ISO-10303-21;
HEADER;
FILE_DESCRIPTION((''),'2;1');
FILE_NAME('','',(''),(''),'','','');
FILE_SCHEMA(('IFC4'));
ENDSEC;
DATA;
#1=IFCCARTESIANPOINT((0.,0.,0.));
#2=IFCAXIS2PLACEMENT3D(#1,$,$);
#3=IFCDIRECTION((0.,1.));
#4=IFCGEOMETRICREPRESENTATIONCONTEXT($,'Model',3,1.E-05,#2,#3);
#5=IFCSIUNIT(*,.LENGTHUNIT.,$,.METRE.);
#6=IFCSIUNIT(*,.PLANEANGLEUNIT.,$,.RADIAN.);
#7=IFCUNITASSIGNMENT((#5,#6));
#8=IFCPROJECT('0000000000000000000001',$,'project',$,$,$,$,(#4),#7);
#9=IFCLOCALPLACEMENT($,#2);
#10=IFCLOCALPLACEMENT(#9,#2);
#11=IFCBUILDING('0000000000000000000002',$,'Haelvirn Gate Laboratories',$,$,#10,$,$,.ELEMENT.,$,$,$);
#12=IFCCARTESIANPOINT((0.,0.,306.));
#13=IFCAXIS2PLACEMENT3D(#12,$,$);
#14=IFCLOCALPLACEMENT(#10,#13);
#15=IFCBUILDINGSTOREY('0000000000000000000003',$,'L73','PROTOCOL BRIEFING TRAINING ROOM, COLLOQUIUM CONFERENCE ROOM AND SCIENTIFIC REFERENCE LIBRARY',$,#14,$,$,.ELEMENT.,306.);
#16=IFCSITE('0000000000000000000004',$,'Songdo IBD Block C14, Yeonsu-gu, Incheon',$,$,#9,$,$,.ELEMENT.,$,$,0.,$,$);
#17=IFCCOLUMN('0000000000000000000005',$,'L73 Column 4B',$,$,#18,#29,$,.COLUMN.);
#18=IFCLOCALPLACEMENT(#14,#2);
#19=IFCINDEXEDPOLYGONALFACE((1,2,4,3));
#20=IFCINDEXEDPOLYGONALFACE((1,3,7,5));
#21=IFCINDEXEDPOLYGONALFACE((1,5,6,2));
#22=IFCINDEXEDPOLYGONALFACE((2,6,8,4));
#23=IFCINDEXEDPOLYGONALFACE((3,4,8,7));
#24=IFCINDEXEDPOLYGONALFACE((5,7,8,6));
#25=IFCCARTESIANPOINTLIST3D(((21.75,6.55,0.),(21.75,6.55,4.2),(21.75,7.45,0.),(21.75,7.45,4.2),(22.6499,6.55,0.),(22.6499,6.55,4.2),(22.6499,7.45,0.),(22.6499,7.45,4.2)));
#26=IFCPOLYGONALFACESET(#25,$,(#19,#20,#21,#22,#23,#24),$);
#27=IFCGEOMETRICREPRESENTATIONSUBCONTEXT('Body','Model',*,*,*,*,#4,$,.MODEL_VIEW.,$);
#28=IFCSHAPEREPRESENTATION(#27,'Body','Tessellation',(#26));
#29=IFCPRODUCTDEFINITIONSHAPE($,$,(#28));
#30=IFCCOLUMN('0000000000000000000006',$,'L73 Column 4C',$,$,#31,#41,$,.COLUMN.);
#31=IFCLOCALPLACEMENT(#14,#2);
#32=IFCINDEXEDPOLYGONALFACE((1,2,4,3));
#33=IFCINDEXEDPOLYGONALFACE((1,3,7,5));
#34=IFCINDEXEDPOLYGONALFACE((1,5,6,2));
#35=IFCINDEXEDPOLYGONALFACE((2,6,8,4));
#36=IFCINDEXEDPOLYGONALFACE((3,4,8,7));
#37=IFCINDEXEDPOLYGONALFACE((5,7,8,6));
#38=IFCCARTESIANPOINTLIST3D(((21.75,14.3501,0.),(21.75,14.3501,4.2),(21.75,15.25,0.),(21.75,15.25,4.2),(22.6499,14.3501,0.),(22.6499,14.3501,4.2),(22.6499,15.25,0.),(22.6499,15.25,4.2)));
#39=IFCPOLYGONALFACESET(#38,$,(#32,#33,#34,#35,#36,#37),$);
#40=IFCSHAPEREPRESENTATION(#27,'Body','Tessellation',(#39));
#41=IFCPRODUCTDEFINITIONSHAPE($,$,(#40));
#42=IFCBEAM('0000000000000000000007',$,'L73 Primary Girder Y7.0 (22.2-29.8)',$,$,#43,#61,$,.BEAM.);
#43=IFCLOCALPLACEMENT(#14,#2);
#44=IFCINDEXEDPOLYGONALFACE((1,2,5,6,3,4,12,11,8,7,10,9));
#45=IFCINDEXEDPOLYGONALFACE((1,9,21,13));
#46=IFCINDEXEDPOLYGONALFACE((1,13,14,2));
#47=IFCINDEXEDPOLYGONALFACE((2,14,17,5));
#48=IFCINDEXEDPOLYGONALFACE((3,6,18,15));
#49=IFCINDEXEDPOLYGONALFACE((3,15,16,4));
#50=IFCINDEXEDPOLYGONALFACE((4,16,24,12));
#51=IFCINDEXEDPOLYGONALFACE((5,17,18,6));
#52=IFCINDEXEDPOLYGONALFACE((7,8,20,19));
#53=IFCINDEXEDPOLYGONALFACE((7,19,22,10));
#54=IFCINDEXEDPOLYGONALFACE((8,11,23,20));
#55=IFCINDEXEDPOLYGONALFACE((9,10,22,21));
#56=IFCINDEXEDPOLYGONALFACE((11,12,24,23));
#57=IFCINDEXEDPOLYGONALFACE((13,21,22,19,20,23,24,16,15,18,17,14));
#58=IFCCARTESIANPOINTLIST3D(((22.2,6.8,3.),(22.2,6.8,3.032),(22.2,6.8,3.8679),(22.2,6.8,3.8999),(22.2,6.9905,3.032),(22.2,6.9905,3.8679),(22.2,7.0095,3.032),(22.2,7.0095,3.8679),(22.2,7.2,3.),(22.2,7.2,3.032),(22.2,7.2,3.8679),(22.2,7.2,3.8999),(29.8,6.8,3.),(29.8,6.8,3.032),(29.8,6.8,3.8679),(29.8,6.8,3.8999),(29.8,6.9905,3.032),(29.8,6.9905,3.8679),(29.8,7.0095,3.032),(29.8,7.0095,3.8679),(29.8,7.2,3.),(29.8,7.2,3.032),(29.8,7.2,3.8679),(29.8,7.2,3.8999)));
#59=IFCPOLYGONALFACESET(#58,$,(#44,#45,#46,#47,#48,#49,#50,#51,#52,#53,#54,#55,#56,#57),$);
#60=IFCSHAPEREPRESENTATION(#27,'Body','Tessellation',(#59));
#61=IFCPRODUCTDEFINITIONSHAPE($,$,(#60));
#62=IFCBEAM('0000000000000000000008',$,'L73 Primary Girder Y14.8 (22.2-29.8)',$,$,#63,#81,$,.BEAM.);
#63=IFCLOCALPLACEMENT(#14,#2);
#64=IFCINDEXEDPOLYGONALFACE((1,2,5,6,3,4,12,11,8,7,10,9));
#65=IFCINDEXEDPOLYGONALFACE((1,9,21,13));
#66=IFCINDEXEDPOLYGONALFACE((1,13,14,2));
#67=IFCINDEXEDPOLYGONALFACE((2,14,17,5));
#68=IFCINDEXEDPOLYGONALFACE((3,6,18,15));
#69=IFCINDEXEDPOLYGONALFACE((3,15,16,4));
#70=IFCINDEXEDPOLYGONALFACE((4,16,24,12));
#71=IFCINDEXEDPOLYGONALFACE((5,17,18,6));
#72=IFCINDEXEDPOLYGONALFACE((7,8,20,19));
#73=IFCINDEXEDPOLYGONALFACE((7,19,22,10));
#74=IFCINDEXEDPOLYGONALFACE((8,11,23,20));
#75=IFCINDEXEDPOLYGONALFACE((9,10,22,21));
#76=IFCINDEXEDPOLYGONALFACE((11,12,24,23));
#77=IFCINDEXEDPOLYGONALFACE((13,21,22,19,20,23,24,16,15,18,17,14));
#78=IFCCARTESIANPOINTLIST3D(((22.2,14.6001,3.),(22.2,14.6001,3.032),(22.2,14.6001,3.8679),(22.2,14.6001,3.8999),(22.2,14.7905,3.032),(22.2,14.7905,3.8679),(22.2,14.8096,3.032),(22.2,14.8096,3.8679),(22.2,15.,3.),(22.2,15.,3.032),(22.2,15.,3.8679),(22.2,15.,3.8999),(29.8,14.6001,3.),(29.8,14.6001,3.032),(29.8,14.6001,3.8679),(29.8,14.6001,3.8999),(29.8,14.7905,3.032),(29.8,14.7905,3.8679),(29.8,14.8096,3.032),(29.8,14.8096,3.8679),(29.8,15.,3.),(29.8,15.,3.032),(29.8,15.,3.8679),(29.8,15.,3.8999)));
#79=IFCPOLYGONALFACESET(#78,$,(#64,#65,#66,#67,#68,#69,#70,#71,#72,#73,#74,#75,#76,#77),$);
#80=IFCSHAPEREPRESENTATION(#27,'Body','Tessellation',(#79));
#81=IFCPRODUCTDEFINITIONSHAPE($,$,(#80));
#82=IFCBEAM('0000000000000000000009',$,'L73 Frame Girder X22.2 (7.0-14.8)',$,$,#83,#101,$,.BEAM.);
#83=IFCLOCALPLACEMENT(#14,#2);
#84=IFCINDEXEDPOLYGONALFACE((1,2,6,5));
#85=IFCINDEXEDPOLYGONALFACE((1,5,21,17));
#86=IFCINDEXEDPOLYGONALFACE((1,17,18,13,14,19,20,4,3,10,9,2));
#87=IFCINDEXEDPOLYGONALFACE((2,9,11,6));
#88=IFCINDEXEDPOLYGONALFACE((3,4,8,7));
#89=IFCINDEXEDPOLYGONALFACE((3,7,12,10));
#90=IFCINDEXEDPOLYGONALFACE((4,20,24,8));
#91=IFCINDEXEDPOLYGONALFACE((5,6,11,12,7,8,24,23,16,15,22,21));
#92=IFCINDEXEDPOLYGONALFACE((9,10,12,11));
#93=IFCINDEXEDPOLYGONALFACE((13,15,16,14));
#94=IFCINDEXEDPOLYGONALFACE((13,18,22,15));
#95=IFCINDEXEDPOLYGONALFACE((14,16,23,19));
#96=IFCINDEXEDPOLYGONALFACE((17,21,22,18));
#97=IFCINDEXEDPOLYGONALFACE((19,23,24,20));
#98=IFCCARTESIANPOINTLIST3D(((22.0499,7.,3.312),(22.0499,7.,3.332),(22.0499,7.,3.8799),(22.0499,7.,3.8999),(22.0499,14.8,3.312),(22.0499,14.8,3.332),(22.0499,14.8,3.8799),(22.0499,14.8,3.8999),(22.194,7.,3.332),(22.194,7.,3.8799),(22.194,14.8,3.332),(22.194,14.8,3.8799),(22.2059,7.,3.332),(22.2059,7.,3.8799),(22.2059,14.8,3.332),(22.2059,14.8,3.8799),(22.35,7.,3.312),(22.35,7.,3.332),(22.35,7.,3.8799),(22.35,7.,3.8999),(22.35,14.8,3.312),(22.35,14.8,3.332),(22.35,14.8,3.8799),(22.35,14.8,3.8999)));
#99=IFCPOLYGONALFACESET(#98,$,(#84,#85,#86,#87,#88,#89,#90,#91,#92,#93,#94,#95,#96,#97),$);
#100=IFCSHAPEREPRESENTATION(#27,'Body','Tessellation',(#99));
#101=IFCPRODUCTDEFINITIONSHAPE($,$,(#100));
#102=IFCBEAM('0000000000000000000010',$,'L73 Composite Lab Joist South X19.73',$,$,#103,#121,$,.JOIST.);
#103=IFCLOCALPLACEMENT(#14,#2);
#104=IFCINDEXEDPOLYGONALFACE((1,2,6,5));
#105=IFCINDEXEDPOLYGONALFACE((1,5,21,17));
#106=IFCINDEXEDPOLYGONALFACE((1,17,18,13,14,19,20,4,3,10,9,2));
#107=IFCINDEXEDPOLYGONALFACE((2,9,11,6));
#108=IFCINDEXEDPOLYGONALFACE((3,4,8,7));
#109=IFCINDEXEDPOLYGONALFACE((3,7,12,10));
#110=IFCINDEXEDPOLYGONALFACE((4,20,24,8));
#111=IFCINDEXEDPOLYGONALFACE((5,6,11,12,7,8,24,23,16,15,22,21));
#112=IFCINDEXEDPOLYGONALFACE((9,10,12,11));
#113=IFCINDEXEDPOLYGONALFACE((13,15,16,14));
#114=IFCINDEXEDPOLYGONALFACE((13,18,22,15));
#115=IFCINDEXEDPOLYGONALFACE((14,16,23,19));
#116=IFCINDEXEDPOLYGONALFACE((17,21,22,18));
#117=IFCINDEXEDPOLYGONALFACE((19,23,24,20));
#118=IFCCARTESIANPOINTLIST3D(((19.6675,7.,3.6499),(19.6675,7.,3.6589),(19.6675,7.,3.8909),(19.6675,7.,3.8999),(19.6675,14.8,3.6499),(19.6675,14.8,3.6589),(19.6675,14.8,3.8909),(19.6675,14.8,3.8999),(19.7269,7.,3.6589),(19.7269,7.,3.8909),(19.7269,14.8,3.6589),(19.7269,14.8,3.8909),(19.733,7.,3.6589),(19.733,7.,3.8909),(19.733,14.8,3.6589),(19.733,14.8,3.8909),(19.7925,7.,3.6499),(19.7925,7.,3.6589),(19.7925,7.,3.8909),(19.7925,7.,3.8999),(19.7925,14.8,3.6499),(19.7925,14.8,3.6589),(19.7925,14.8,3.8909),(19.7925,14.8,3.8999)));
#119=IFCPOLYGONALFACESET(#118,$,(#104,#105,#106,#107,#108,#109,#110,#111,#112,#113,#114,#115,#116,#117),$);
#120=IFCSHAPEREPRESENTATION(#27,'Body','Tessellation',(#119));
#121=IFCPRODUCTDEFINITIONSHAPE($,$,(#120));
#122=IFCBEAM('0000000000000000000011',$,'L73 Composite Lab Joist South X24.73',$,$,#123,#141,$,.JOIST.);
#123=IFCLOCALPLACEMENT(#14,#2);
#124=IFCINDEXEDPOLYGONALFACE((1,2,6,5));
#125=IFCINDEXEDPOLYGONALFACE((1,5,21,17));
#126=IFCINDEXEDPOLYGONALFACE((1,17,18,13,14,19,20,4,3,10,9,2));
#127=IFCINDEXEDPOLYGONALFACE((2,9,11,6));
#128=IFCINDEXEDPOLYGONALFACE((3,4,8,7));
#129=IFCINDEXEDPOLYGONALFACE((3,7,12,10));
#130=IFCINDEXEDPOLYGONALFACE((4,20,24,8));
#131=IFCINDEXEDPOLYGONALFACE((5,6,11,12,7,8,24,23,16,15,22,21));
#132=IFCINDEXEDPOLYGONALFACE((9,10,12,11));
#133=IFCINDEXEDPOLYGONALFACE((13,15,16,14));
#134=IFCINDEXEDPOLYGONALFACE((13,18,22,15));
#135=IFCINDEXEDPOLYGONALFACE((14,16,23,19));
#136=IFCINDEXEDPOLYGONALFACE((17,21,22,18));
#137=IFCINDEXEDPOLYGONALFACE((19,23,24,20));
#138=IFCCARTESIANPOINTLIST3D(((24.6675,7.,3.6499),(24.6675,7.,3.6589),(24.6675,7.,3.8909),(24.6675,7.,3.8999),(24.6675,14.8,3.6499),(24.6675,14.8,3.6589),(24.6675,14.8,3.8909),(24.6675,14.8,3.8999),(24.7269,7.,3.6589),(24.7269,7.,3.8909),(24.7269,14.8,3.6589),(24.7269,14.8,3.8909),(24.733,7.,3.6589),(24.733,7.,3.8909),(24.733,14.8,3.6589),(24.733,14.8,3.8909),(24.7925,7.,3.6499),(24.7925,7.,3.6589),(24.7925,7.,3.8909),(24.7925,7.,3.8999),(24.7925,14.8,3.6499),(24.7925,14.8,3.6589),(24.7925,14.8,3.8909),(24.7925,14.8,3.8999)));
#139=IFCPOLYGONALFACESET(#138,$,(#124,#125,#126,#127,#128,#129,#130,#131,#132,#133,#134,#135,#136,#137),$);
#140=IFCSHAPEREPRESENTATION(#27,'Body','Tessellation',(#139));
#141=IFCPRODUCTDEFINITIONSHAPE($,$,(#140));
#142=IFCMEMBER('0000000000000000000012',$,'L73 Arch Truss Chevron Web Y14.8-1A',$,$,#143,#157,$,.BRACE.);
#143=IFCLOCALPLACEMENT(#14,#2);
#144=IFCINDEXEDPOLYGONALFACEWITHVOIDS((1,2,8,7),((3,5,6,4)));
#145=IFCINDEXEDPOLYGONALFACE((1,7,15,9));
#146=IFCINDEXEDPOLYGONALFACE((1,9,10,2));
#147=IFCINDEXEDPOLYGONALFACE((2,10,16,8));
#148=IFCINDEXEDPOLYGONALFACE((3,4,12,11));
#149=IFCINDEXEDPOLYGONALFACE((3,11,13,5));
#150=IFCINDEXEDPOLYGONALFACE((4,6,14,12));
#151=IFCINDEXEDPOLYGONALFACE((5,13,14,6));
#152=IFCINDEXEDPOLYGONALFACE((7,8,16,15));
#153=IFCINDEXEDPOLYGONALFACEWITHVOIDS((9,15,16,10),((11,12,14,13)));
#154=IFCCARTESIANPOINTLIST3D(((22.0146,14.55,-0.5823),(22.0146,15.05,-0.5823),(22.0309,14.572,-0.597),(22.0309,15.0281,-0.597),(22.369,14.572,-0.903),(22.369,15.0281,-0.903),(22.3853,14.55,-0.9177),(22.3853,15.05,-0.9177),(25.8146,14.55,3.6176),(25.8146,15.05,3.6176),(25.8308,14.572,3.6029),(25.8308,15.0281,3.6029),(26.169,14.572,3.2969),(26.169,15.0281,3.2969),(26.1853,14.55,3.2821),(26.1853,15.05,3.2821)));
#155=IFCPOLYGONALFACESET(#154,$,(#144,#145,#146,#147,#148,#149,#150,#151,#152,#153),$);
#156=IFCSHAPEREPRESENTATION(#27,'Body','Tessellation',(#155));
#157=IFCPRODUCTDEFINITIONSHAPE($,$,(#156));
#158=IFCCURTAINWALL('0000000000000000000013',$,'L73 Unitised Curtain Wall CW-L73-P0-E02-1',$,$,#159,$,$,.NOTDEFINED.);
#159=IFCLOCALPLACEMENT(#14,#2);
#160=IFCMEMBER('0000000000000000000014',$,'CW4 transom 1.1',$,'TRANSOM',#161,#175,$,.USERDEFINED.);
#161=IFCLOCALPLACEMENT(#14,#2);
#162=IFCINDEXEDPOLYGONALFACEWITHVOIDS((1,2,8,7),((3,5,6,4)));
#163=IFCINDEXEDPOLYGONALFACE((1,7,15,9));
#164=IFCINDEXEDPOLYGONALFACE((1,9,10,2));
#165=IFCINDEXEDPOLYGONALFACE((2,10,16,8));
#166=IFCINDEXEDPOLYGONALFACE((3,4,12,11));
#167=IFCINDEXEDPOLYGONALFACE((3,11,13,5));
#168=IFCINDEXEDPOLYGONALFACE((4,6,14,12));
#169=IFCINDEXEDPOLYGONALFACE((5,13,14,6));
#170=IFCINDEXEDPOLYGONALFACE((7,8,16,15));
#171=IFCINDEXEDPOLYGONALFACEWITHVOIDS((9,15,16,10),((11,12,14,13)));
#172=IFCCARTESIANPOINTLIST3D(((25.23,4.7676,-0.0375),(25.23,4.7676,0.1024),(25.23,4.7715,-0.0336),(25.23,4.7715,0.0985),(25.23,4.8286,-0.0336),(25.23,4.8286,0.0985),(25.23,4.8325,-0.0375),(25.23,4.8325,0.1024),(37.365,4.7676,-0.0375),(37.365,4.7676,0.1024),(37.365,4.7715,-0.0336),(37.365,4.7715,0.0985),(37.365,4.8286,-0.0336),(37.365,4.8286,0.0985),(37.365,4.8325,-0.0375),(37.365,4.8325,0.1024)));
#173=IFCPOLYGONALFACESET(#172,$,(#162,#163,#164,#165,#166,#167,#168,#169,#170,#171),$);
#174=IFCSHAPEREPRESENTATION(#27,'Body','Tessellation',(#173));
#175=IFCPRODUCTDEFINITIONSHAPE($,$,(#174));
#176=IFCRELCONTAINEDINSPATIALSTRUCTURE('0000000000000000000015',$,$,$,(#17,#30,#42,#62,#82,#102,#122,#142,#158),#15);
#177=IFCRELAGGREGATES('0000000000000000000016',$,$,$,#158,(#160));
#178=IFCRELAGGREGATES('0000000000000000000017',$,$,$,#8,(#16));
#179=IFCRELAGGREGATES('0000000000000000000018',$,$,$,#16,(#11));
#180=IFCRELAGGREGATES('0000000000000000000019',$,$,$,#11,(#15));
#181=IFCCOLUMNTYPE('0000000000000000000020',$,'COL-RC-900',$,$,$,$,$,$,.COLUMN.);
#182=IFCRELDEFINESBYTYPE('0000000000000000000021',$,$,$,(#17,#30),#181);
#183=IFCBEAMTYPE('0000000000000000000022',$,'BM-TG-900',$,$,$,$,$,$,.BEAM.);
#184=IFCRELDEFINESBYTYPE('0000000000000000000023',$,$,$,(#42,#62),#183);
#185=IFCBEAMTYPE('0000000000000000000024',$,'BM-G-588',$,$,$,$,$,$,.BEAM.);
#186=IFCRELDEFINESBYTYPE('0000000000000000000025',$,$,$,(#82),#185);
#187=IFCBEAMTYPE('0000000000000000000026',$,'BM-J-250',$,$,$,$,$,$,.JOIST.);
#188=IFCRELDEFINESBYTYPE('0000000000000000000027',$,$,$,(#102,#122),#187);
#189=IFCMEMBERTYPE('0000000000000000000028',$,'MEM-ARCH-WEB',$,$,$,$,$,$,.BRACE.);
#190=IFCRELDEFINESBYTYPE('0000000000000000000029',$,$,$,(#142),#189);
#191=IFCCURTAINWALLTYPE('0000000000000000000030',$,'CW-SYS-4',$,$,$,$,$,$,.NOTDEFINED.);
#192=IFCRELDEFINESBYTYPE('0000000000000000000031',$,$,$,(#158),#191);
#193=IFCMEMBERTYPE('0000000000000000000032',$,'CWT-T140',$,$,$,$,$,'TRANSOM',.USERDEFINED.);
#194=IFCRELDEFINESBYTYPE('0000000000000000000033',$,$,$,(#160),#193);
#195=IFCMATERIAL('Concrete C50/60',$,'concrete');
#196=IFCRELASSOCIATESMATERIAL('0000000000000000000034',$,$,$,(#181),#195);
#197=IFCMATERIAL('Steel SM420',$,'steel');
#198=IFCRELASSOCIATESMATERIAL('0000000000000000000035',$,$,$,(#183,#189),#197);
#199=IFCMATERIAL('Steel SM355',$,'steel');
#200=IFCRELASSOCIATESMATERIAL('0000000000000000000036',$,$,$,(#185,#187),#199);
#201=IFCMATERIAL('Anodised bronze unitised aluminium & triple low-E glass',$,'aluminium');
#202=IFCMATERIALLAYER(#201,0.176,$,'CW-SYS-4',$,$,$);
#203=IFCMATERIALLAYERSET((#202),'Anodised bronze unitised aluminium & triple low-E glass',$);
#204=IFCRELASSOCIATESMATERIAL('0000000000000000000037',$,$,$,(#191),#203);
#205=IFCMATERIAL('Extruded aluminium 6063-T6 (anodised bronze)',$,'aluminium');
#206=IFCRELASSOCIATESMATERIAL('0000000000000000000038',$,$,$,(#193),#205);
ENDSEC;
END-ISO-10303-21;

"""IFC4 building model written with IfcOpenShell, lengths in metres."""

from ifc_helpers import new_model, si_unit, direction, frame, origin, origin_2d, place, context, subcontext, project, spatial, rectangle, hollow_rectangle, i_section, extrude, source, transform, mapped, material, layer, layer_set, material_profile, profile_set, type_object, type_shapes, element, aggregate, save


model = new_model("IFC4")

# Units and contexts
model_context = context("Model", 3, precision=1e-05, world=origin(), true_north=direction((0.0, 1.0)))
body_context = subcontext(model_context, "Body", "Model", "MODEL_VIEW")
ifc_project = project(units=[si_unit("LENGTHUNIT", "METRE"), si_unit("PLANEANGLEUNIT", "RADIAN")], contexts=[model_context])

# Site, building, storey
site_placement = place(None, origin())
site = spatial("IfcSite", under=ifc_project, at=site_placement, Name="Songdo IBD Block C14, Yeonsu-gu, Incheon", CompositionType="ELEMENT", RefElevation=0.0)
building_placement = place(site_placement, origin())
building = spatial("IfcBuilding", under=site, at=building_placement, Name="Haelvirn Gate Laboratories", CompositionType="ELEMENT")
storey_placement = place(building_placement, frame((0.0, 0.0, 306.0)))
storey = spatial("IfcBuildingStorey", under=building, at=storey_placement, Name="L73", Description="PROTOCOL BRIEFING TRAINING ROOM, COLLOQUIUM CONFERENCE ROOM AND SCIENTIFIC REFERENCE LIBRARY", CompositionType="ELEMENT", Elevation=306.0)

# Columns
ifc_material_1 = material(Name="Concrete C50/60", Category="concrete")
ifc_material_profile_1 = material_profile(ifc_material_1, rectangle(XDim=0.8999, YDim=0.8999, at=origin_2d()), Name="RC-900x900")
ifc_profile_set_1 = profile_set([ifc_material_profile_1], Name="Concrete C50/60")
column_type = type_object("IfcColumnType", Name="COL-RC-900", PredefinedType="COLUMN", material=ifc_profile_set_1)
shared_shape_1 = source(origin(), body_context, "Body", "SweptSolid", [
    extrude(rectangle(XDim=0.8999, YDim=0.8999, at=origin_2d()), origin(), (0.0, 0.0, 1.0), 4.2),
])
type_shapes(column_type, [shared_shape_1])
for number, where, z_axis, x_axis, name in (
    (1, (22.2, 7.0, 0.0), (0.0, 0.0, 1.0), (1.0, 0.0, 0.0), "L73 Column 4B"),
    (2, (22.2, 14.8, 0.0), (0.0, 0.0, 1.0), (1.0, 0.0, 0.0), "L73 Column 4C"),
):
    element("IfcColumn", number, at=place(storey_placement, frame(where, z_axis=z_axis, x_axis=x_axis)), inside=storey, type_object=column_type, Name=name, PredefinedType="COLUMN", context=body_context, shape_type="MappedRepresentation", body=[
        mapped(shared_shape_1, transform((0.0, 0.0, 0.0), scale=1.0)),
    ])

# Beams
ifc_material_2 = material(Name="Steel SM420", Category="steel")
ifc_material_profile_2 = material_profile(ifc_material_2, i_section(OverallWidth=0.3999, OverallDepth=0.8999, WebThickness=0.019, FlangeThickness=0.032, at=origin_2d()), Name="H-900x400x19x32")
ifc_profile_set_2 = profile_set([ifc_material_profile_2], Name="Steel SM420")
beam_type_1 = type_object("IfcBeamType", Name="BM-TG-900", PredefinedType="BEAM", material=ifc_profile_set_2)
shared_shape_2 = source(origin(), body_context, "Body", "SweptSolid", [
    extrude(i_section(OverallWidth=0.3999, OverallDepth=0.8999, WebThickness=0.019, FlangeThickness=0.032, at=origin_2d()), origin(), (0.0, 0.0, 1.0), 7.6001),
])
type_shapes(beam_type_1, [shared_shape_2])
for number, where, z_axis, x_axis, name in (
    (3, (22.2, 7.0, 3.45), (1.0, 0.0, 0.0), (0.0, 1.0, 0.0), "L73 Primary Girder Y7.0 (22.2-29.8)"),
    (4, (22.2, 14.8, 3.45), (1.0, 0.0, 0.0), (0.0, 1.0, 0.0), "L73 Primary Girder Y14.8 (22.2-29.8)"),
):
    element("IfcBeam", number, at=place(storey_placement, frame(where, z_axis=z_axis, x_axis=x_axis)), inside=storey, type_object=beam_type_1, Name=name, PredefinedType="BEAM", context=body_context, shape_type="MappedRepresentation", body=[
        mapped(shared_shape_2, transform((0.0, 0.0, 0.0), scale=1.0)),
    ])
ifc_material_3 = material(Name="Steel SM355", Category="steel")
ifc_material_profile_3 = material_profile(ifc_material_3, i_section(OverallWidth=0.3, OverallDepth=0.5879, WebThickness=0.012, FlangeThickness=0.02, at=origin_2d()), Name="H-588x300x12x20")
ifc_profile_set_3 = profile_set([ifc_material_profile_3], Name="Steel SM355")
beam_type_2 = type_object("IfcBeamType", Name="BM-G-588", PredefinedType="BEAM", material=ifc_profile_set_3)
shared_shape_3 = source(origin(), body_context, "Body", "SweptSolid", [
    extrude(i_section(OverallWidth=0.3, OverallDepth=0.5879, WebThickness=0.012, FlangeThickness=0.02, at=origin_2d()), origin(), (0.0, 0.0, 1.0), 7.8),
])
type_shapes(beam_type_2, [shared_shape_3])
beam_placement = place(storey_placement, frame((22.2, 7.0, 3.606), z_axis=(0.0, 1.0, 0.0), x_axis=(-1.0, 0.0, 0.0)))
element("IfcBeam", 5, at=beam_placement, inside=storey, type_object=beam_type_2, Name="L73 Frame Girder X22.2 (7.0-14.8)", PredefinedType="BEAM", context=body_context, shape_type="MappedRepresentation", body=[
    mapped(shared_shape_3, transform((0.0, 0.0, 0.0), scale=1.0)),
])
ifc_material_profile_4 = material_profile(ifc_material_3, i_section(OverallWidth=0.125, OverallDepth=0.25, WebThickness=0.0061, FlangeThickness=0.009, at=origin_2d()), Name="H-250x125x6x9")
ifc_profile_set_4 = profile_set([ifc_material_profile_4], Name="Steel SM355")
beam_type_3 = type_object("IfcBeamType", Name="BM-J-250", PredefinedType="JOIST", material=ifc_profile_set_4)
shared_shape_4 = source(origin(), body_context, "Body", "SweptSolid", [
    extrude(i_section(OverallWidth=0.125, OverallDepth=0.25, WebThickness=0.0061, FlangeThickness=0.009, at=origin_2d()), origin(), (0.0, 0.0, 1.0), 7.8),
])
type_shapes(beam_type_3, [shared_shape_4])
for number, where, z_axis, x_axis, name in (
    (6, (19.73, 7.0, 3.7749), (0.0, 1.0, 0.0), (-1.0, 0.0, 0.0), "L73 Composite Lab Joist South X19.73"),
    (7, (24.73, 7.0, 3.7749), (0.0, 1.0, 0.0), (-1.0, 0.0, 0.0), "L73 Composite Lab Joist South X24.73"),
):
    element("IfcBeam", number, at=place(storey_placement, frame(where, z_axis=z_axis, x_axis=x_axis)), inside=storey, type_object=beam_type_3, Name=name, PredefinedType="JOIST", context=body_context, shape_type="MappedRepresentation", body=[
        mapped(shared_shape_4, transform((0.0, 0.0, 0.0), scale=1.0)),
    ])

# Member
ifc_material_profile_5 = material_profile(ifc_material_2, hollow_rectangle(XDim=0.5, YDim=0.5, WallThickness=0.022, at=origin_2d()), Name="BOX-500x500x22")
ifc_profile_set_5 = profile_set([ifc_material_profile_5], Name="Steel SM420")
member_type_1 = type_object("IfcMemberType", Name="MEM-ARCH-WEB", PredefinedType="BRACE", material=ifc_profile_set_5)
shared_shape_5 = source(origin(), body_context, "Body", "SweptSolid", [
    extrude(hollow_rectangle(XDim=0.5, YDim=0.5, WallThickness=0.022, at=origin_2d()), origin(), (0.0, 0.0, 1.0), 5.6638),
])
type_shapes(member_type_1, [shared_shape_5])
member_1_placement = place(storey_placement, frame((22.2, 14.8, -0.75), z_axis=(0.670922, 0.0, 0.741528), x_axis=(0.0, 1.0, 0.0)))
element("IfcMember", 8, at=member_1_placement, inside=storey, type_object=member_type_1, Name="L73 Arch Truss Chevron Web Y14.8-1A", PredefinedType="BRACE", context=body_context, shape_type="MappedRepresentation", body=[
    mapped(shared_shape_5, transform((0.0, 0.0, 0.0), scale=1.0)),
])

# Curtain wall, member
ifc_material_4 = material(Name="Anodised bronze unitised aluminium & triple low-E glass", Category="aluminium")
ifc_layer_1 = layer(ifc_material_4, 0.176, Name="CW-SYS-4")
ifc_layer_set_1 = layer_set([ifc_layer_1], Name="Anodised bronze unitised aluminium & triple low-E glass")
curtain_wall_type = type_object("IfcCurtainWallType", Name="CW-SYS-4", PredefinedType="NOTDEFINED", material=ifc_layer_set_1)
curtain_wall_1_placement = place(storey_placement, origin())
curtain_wall_1 = element("IfcCurtainWall", 9, at=curtain_wall_1_placement, inside=storey, type_object=curtain_wall_type, Name="L73 Unitised Curtain Wall CW-L73-P0-E02-1", PredefinedType="NOTDEFINED")
ifc_material_5 = material(Name="Extruded aluminium 6063-T6 (anodised bronze)", Category="aluminium")
ifc_material_profile_6 = material_profile(ifc_material_5, hollow_rectangle(XDim=0.0649, YDim=0.1399, WallThickness=0.0039, at=origin_2d()), Name="CWT-140x65x4")
ifc_profile_set_6 = profile_set([ifc_material_profile_6], Name="Extruded aluminium 6063-T6 (anodised bronze)")
member_type_2 = type_object("IfcMemberType", Name="CWT-T140", ElementType="TRANSOM", PredefinedType="USERDEFINED", material=ifc_profile_set_6)
shared_shape_6 = source(origin(), body_context, "Body", "SweptSolid", [
    extrude(hollow_rectangle(XDim=0.0649, YDim=0.1399, WallThickness=0.0039, at=origin_2d()), origin(), (0.0, 0.0, 1.0), 12.135),
])
type_shapes(member_type_2, [shared_shape_6])
member_2_placement = place(storey_placement, frame((25.23, 4.8, 0.0325), z_axis=(1.0, 0.0, 0.0), x_axis=(0.0, 1.0, 0.0)))
member_2 = element("IfcMember", 10, at=member_2_placement, type_object=member_type_2, Name="CW4 transom 1.1", ObjectType="TRANSOM", PredefinedType="USERDEFINED", context=body_context, shape_type="MappedRepresentation", body=[
    mapped(shared_shape_6, transform((0.0, 0.0, 0.0), scale=1.0)),
])
aggregate(curtain_wall_1, [member_2])

save(model, "model.ifc")
